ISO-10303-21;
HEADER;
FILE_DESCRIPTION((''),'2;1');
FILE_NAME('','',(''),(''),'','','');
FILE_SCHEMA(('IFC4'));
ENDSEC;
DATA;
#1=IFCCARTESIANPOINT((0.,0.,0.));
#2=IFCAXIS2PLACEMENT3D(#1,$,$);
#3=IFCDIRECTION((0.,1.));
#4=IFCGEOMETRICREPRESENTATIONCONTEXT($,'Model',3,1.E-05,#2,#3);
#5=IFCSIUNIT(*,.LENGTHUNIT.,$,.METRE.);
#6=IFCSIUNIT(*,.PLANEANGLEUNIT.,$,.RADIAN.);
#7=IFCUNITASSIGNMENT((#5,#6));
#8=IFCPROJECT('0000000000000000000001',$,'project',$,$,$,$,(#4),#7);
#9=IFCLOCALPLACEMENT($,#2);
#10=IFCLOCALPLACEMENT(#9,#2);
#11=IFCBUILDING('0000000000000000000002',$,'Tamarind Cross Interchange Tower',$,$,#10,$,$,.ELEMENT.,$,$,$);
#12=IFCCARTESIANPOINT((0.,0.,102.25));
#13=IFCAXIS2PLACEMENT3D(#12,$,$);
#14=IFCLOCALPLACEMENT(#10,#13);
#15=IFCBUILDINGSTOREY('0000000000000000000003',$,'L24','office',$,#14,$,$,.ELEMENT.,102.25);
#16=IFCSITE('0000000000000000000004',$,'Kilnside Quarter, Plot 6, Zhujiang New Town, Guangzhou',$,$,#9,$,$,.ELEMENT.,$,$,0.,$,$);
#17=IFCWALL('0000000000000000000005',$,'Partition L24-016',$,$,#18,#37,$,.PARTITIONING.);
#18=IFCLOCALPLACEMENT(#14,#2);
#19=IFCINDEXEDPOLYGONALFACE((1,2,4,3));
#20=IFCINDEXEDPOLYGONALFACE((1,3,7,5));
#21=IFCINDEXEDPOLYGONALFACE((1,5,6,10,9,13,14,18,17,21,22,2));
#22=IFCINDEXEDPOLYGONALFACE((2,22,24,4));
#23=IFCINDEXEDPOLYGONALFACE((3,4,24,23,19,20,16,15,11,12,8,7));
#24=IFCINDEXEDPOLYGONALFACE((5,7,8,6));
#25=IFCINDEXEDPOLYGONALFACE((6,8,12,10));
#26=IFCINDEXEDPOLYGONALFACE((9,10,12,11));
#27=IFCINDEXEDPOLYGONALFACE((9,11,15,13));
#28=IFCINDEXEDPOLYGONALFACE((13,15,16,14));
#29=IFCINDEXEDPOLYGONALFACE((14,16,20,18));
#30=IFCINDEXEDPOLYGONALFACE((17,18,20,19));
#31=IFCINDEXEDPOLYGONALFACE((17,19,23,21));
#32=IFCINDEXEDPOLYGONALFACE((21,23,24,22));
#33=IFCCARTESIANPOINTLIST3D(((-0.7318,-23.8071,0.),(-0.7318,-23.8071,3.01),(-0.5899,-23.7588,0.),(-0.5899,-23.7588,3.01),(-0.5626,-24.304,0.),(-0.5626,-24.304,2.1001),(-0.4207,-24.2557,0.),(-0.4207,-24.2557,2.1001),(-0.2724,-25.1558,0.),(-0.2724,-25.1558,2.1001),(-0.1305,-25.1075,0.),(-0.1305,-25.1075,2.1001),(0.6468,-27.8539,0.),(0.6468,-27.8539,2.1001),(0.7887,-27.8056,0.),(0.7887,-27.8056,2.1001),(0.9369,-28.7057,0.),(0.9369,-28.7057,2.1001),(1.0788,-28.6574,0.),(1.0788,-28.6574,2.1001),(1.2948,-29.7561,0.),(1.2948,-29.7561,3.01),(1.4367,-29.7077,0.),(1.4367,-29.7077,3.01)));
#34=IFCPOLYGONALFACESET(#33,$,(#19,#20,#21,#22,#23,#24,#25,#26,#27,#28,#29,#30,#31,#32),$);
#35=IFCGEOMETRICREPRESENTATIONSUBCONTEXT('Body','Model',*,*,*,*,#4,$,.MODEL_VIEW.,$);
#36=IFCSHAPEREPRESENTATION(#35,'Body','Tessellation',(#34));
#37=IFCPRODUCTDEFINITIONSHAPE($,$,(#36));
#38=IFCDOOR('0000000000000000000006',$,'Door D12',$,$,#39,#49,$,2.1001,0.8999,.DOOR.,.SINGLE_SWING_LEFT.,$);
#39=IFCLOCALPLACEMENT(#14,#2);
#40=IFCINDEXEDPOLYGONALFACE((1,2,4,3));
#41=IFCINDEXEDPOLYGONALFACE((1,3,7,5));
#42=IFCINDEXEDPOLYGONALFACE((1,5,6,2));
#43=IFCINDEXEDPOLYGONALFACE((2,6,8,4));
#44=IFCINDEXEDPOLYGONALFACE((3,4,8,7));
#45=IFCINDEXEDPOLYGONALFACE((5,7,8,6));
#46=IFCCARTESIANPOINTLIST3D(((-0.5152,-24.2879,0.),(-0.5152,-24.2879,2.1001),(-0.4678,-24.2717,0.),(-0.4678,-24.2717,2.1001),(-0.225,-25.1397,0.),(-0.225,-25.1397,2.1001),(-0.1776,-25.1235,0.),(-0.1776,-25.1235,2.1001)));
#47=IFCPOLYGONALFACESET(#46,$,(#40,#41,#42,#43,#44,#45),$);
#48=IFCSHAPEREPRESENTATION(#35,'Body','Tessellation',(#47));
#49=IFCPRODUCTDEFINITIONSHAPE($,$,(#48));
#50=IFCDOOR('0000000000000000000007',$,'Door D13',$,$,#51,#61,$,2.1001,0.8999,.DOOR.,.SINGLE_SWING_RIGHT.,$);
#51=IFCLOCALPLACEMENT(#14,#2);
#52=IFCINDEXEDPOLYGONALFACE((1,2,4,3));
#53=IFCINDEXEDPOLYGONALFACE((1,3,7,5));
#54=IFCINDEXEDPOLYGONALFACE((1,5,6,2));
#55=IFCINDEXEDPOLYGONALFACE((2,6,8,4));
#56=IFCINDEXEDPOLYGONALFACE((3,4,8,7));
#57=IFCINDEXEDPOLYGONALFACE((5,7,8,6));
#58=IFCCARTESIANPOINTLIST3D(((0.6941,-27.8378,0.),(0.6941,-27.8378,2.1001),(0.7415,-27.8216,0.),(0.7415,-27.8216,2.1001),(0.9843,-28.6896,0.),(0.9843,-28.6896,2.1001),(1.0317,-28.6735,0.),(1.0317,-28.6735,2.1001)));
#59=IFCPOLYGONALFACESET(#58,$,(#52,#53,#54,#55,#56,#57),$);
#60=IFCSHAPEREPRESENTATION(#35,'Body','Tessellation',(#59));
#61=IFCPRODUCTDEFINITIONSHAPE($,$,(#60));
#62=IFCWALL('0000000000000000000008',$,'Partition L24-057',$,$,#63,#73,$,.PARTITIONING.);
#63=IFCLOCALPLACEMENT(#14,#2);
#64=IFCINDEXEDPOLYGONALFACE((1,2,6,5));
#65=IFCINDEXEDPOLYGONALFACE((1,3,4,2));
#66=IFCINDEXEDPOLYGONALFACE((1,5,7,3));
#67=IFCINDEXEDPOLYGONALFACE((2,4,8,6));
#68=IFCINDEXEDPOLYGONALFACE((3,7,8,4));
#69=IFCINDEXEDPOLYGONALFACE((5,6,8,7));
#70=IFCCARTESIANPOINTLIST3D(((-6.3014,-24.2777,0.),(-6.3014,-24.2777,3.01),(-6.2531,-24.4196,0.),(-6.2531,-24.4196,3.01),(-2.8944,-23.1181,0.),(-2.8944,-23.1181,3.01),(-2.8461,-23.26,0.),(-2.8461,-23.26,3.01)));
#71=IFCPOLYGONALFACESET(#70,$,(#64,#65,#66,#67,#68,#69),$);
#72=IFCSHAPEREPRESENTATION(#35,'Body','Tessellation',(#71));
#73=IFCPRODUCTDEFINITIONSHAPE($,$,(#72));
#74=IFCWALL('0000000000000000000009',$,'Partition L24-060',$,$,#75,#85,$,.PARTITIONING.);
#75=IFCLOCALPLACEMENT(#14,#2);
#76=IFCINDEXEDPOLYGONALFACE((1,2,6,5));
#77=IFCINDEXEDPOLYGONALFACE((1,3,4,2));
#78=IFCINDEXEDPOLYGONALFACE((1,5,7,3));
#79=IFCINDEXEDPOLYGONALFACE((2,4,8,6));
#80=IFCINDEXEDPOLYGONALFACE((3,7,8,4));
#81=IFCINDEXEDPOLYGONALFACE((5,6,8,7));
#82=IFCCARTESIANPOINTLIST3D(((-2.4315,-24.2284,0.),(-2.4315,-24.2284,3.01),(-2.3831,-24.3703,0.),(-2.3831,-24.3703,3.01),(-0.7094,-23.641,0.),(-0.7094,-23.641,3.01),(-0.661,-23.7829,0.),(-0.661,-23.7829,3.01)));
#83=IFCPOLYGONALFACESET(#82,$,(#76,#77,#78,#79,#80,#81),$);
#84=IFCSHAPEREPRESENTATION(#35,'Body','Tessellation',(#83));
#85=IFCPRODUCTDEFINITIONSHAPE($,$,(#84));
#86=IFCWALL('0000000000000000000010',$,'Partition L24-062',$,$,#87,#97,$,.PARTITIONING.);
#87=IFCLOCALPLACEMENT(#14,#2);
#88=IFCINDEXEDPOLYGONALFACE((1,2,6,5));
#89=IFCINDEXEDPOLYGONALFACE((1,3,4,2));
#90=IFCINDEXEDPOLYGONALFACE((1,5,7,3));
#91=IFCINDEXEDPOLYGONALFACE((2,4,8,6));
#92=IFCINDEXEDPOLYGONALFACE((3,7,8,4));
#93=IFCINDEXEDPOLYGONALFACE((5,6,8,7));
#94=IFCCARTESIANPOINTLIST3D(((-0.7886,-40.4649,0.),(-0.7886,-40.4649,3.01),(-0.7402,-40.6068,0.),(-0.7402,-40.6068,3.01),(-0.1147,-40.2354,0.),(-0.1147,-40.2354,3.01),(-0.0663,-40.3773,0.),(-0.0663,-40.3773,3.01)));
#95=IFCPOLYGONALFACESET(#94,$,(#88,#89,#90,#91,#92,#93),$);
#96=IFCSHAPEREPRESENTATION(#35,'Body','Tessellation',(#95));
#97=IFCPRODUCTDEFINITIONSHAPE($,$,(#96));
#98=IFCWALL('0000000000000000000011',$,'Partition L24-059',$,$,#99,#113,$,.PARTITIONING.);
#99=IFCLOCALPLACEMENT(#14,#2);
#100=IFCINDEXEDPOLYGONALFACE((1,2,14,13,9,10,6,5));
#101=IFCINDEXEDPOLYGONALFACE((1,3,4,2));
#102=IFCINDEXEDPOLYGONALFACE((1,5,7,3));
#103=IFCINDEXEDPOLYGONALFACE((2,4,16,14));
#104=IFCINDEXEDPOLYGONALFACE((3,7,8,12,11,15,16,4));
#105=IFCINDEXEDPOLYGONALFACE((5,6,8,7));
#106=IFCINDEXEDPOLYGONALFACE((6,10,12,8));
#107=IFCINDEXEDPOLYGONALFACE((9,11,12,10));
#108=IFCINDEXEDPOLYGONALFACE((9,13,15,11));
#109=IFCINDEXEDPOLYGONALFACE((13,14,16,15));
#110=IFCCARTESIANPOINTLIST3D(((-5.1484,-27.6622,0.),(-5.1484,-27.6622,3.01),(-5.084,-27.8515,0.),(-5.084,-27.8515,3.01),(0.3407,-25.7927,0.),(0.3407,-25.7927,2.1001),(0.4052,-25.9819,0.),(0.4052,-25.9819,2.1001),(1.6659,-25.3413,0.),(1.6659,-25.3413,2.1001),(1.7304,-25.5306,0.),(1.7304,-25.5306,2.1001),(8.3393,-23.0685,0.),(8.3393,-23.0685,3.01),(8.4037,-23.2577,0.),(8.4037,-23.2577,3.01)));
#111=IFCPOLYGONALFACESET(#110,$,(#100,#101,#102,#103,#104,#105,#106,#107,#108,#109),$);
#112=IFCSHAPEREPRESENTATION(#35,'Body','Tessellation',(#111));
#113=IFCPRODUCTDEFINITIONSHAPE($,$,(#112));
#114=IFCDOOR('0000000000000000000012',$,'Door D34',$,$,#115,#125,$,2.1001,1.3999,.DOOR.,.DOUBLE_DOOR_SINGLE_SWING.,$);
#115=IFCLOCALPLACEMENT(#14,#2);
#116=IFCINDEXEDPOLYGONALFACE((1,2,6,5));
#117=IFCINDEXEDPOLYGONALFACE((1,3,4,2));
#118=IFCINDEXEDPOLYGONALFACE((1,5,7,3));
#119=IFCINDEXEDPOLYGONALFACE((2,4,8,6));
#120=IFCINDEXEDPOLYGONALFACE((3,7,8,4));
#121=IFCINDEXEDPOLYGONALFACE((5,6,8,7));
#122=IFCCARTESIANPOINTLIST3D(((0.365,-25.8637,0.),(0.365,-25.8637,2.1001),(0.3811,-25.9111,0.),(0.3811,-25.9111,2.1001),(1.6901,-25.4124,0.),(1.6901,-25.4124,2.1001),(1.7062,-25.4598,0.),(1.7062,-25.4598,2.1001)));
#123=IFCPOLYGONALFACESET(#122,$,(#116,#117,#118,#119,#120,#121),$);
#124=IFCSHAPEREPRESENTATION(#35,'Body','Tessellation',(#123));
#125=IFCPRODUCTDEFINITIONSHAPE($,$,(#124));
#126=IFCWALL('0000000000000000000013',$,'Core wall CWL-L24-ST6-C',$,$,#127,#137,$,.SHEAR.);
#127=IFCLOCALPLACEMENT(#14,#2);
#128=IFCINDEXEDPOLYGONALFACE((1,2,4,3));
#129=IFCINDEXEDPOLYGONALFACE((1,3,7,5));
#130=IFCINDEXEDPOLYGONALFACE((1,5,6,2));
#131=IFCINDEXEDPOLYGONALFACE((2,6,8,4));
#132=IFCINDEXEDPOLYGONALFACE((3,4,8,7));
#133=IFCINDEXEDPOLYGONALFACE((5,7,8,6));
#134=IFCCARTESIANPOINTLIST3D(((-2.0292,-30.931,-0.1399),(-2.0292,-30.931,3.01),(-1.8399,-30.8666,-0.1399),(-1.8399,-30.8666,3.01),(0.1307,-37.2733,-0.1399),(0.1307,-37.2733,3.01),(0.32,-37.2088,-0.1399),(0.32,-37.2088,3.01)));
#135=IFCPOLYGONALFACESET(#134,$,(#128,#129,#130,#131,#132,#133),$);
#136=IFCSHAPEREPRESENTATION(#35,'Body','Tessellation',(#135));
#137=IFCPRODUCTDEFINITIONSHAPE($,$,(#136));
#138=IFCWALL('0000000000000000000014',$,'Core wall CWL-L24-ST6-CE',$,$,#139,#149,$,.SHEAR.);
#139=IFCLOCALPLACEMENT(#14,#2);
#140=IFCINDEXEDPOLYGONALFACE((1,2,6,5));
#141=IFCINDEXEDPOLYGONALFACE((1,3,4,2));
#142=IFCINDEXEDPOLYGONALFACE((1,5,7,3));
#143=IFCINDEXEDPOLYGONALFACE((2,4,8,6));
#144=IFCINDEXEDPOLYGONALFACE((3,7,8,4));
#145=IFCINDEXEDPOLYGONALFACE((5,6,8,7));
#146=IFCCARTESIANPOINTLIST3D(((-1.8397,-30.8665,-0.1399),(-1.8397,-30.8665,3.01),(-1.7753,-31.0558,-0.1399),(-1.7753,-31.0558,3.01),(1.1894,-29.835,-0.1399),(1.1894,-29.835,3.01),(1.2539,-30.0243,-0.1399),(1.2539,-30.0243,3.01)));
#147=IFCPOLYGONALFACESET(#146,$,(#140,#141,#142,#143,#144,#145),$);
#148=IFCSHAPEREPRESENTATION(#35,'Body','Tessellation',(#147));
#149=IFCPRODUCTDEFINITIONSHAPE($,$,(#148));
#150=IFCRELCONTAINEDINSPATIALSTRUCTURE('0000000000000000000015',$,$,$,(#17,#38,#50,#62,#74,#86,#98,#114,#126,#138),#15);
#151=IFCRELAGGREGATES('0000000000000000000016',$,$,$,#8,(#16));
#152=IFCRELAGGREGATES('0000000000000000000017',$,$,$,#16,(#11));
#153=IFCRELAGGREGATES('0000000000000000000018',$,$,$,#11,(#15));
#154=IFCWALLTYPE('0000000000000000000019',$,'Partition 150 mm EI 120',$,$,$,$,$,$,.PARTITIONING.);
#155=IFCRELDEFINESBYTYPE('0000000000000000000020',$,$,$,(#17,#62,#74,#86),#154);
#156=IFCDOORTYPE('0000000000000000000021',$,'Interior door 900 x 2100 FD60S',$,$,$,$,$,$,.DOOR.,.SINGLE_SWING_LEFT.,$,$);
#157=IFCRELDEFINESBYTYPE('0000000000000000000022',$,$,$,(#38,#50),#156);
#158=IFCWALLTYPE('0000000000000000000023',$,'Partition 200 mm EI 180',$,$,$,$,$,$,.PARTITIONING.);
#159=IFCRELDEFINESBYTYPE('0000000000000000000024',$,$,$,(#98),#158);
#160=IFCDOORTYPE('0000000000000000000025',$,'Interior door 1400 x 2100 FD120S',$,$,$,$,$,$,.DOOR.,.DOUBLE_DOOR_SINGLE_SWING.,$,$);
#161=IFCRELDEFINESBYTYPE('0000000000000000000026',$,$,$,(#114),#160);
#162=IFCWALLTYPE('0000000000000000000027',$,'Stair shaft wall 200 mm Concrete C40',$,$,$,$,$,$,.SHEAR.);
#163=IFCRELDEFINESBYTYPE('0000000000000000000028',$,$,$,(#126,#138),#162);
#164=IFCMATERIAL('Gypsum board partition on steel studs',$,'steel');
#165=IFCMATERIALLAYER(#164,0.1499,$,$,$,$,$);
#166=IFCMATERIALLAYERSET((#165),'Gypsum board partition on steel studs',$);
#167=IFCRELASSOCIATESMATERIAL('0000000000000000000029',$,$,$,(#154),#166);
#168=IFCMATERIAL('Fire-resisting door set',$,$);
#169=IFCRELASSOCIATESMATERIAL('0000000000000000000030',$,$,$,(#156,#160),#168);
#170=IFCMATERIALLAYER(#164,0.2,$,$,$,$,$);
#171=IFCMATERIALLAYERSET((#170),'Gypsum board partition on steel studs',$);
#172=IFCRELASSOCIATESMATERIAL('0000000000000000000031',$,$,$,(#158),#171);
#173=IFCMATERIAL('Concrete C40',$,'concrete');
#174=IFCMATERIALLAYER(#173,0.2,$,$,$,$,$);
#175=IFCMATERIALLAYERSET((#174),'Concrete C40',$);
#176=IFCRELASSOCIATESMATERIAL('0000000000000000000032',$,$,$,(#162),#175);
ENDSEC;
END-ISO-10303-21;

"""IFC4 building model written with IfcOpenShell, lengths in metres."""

from ifc_helpers import new_model, si_unit, direction, frame, frame_2d, origin, place, context, subcontext, project, spatial, rectangle, extrude, material, layer, layer_set, type_object, element, fill, save


model = new_model("IFC4")

# Units and contexts
model_context = context("Model", 3, precision=1e-05, world=origin(), true_north=direction((0.0, 1.0)))
body_context = subcontext(model_context, "Body", "Model", "MODEL_VIEW")
ifc_project = project(units=[si_unit("LENGTHUNIT", "METRE"), si_unit("PLANEANGLEUNIT", "RADIAN")], contexts=[model_context])

# Site, building, storey
site_placement = place(None, origin())
site = spatial("IfcSite", under=ifc_project, at=site_placement, Name="Kilnside Quarter, Plot 6, Zhujiang New Town, Guangzhou", CompositionType="ELEMENT", RefElevation=0.0)
building_placement = place(site_placement, origin())
building = spatial("IfcBuilding", under=site, at=building_placement, Name="Tamarind Cross Interchange Tower", CompositionType="ELEMENT")
storey_placement = place(building_placement, frame((0.0, 0.0, 102.25)))
storey = spatial("IfcBuildingStorey", under=building, at=storey_placement, Name="L24", Description="office", CompositionType="ELEMENT", Elevation=102.25)

# Shared definitions
ifc_material_1 = material(Name="Gypsum board partition on steel studs", Category="steel")

# Shared definitions
ifc_layer_1 = layer(ifc_material_1, 0.1499)
ifc_layer_set_1 = layer_set([ifc_layer_1], Name="Gypsum board partition on steel studs")
wall_type_1 = type_object("IfcWallType", Name="Partition 150 mm EI 120", PredefinedType="PARTITIONING", material=ifc_layer_set_1)
ifc_material_2 = material(Name="Fire-resisting door set")
door_type_1 = type_object("IfcDoorType", Name="Interior door 900 x 2100 FD60S", OperationType="SINGLE_SWING_LEFT", PredefinedType="DOOR", material=ifc_material_2)

# Wall, openings, doors
wall_1_placement = place(storey_placement, frame((-0.6609, -23.783, 0.0), z_axis=(0.0, 0.0, 1.0), x_axis=(0.322467, -0.946581, 0.0)))
wall_1 = element("IfcWall", 1, at=wall_1_placement, inside=storey, type_object=wall_type_1, Name="Partition L24-016", PredefinedType="PARTITIONING", context=body_context, shape_type="SweptSolid", body=[
    extrude(rectangle(XDim=6.2847, YDim=0.1499, at=frame_2d((3.1423, 0.0))), origin(), (0.0, 0.0, 1.0), 3.01),
])
opening_1_placement = place(wall_1_placement, frame((0.5249, 0.0, 0.0)))
opening_1 = element("IfcOpeningElement", 2, at=opening_1_placement, cuts=wall_1, PredefinedType="OPENING", context=body_context, shape_type="SweptSolid", body=[
    extrude(rectangle(XDim=0.8999, YDim=2.1001, at=frame_2d((0.45, 1.05))), frame((0.0, 0.085, 0.0), z_axis=(0.0, -1.0, 0.0), x_axis=(1.0, 0.0, 0.0)), (0.0, 0.0, 1.0), 0.1699),
])
opening_2_placement = place(wall_1_placement, frame((4.2751, 0.0, 0.0)))
opening_2 = element("IfcOpeningElement", 3, at=opening_2_placement, cuts=wall_1, PredefinedType="OPENING", context=body_context, shape_type="SweptSolid", body=[
    extrude(rectangle(XDim=0.8999, YDim=2.1001, at=frame_2d((0.45, 1.05))), frame((0.0, 0.085, 0.0), z_axis=(0.0, -1.0, 0.0), x_axis=(1.0, 0.0, 0.0)), (0.0, 0.0, 1.0), 0.1699),
])
door_1_placement = place(opening_1_placement, frame((0.8999, 0.0, 0.0), z_axis=(0.0, 0.0, 1.0), x_axis=(-1.0, 0.0, 0.0)))
door_1 = element("IfcDoor", 4, at=door_1_placement, inside=storey, type_object=door_type_1, Name="Door D12", OperationType="SINGLE_SWING_LEFT", OverallHeight=2.1001, OverallWidth=0.8999, PredefinedType="DOOR", context=body_context, shape_type="SweptSolid", body=[
    extrude(rectangle(XDim=0.8999, YDim=2.1001, at=frame_2d((0.45, 1.05))), frame((0.0, 0.0249, 0.0), z_axis=(0.0, -1.0, 0.0), x_axis=(1.0, 0.0, 0.0)), (0.0, 0.0, 1.0), 0.05),
])
fill(opening_1, door_1)
door_2_placement = place(opening_2_placement, frame((0.8999, 0.0, 0.0), z_axis=(0.0, 0.0, 1.0), x_axis=(-1.0, 0.0, 0.0)))
door_2 = element("IfcDoor", 5, at=door_2_placement, inside=storey, type_object=door_type_1, Name="Door D13", OperationType="SINGLE_SWING_RIGHT", OverallHeight=2.1001, OverallWidth=0.8999, PredefinedType="DOOR", context=body_context, shape_type="SweptSolid", body=[
    extrude(rectangle(XDim=0.8999, YDim=2.1001, at=frame_2d((0.45, 1.05))), frame((0.0, 0.0249, 0.0), z_axis=(0.0, -1.0, 0.0), x_axis=(1.0, 0.0, 0.0)), (0.0, 0.0, 1.0), 0.05),
])
fill(opening_2, door_2)

# Walls
wall_2_placement = place(storey_placement, frame((-6.2771, -24.3486, 0.0), z_axis=(0.0, 0.0, 1.0), x_axis=(0.946663, 0.322225, 0.0)))
element("IfcWall", 6, at=wall_2_placement, inside=storey, type_object=wall_type_1, Name="Partition L24-057", PredefinedType="PARTITIONING", context=body_context, shape_type="SweptSolid", body=[
    extrude(rectangle(XDim=3.5989, YDim=0.1499, at=frame_2d((1.7993, 0.0))), origin(), (0.0, 0.0, 1.0), 3.01),
])
wall_3_placement = place(storey_placement, frame((-2.4072, -24.2993, 0.0), z_axis=(0.0, 0.0, 1.0), x_axis=(0.94646, 0.322821, 0.0)))
element("IfcWall", 7, at=wall_3_placement, inside=storey, type_object=wall_type_1, Name="Partition L24-060", PredefinedType="PARTITIONING", context=body_context, shape_type="SweptSolid", body=[
    extrude(rectangle(XDim=1.8196, YDim=0.1499, at=frame_2d((0.9097, 0.0))), origin(), (0.0, 0.0, 1.0), 3.01),
])
wall_4_placement = place(storey_placement, frame((-0.7644, -40.5359, 0.0), z_axis=(0.0, 0.0, 1.0), x_axis=(0.946605, 0.322395, 0.0)))
element("IfcWall", 8, at=wall_4_placement, inside=storey, type_object=wall_type_1, Name="Partition L24-062", PredefinedType="PARTITIONING", context=body_context, shape_type="SweptSolid", body=[
    extrude(rectangle(XDim=0.7119, YDim=0.1499, at=frame_2d((0.356, 0.0))), origin(), (0.0, 0.0, 1.0), 3.01),
])

# Wall, opening, door
ifc_layer_2 = layer(ifc_material_1, 0.2)
ifc_layer_set_2 = layer_set([ifc_layer_2], Name="Gypsum board partition on steel studs")
wall_type_2 = type_object("IfcWallType", Name="Partition 200 mm EI 180", PredefinedType="PARTITIONING", material=ifc_layer_set_2)
wall_5_placement = place(storey_placement, frame((-5.1162, -27.7568, 0.0), z_axis=(0.0, 0.0, 1.0), x_axis=(0.946604, 0.3224, 0.0)))
wall_5 = element("IfcWall", 9, at=wall_5_placement, inside=storey, type_object=wall_type_2, Name="Partition L24-059", PredefinedType="PARTITIONING", context=body_context, shape_type="SweptSolid", body=[
    extrude(rectangle(XDim=14.2485, YDim=0.2, at=frame_2d((7.1243, 0.0))), origin(), (0.0, 0.0, 1.0), 3.01),
])
opening_3_placement = place(wall_5_placement, frame((5.7988, 0.0, 0.0)))
opening_3 = element("IfcOpeningElement", 10, at=opening_3_placement, cuts=wall_5, PredefinedType="OPENING", context=body_context, shape_type="SweptSolid", body=[
    extrude(rectangle(XDim=1.3999, YDim=2.1001, at=frame_2d((0.7, 1.05))), frame((0.0, 0.1099, 0.0), z_axis=(0.0, -1.0, 0.0), x_axis=(1.0, 0.0, 0.0)), (0.0, 0.0, 1.0), 0.22),
])
door_type_2 = type_object("IfcDoorType", Name="Interior door 1400 x 2100 FD120S", OperationType="DOUBLE_DOOR_SINGLE_SWING", PredefinedType="DOOR", material=ifc_material_2)
door_3_placement = place(opening_3_placement, origin())
door_3 = element("IfcDoor", 11, at=door_3_placement, inside=storey, type_object=door_type_2, Name="Door D34", OperationType="DOUBLE_DOOR_SINGLE_SWING", OverallHeight=2.1001, OverallWidth=1.3999, PredefinedType="DOOR", context=body_context, shape_type="SweptSolid", body=[
    extrude(rectangle(XDim=1.3999, YDim=2.1001, at=frame_2d((0.7, 1.05))), frame((0.0, 0.0249, 0.0), z_axis=(0.0, -1.0, 0.0), x_axis=(1.0, 0.0, 0.0)), (0.0, 0.0, 1.0), 0.05),
])
fill(opening_3, door_3)

# Walls
ifc_material_3 = material(Name="Concrete C40", Category="concrete")
ifc_layer_3 = layer(ifc_material_3, 0.2)
ifc_layer_set_3 = layer_set([ifc_layer_3], Name="Concrete C40")
wall_type_3 = type_object("IfcWallType", Name="Stair shaft wall 200 mm Concrete C40", PredefinedType="SHEAR", material=ifc_layer_set_3)
wall_6_placement = place(storey_placement, frame((-1.9346, -30.8987, -0.1399), z_axis=(0.0, 0.0, 1.0), x_axis=(0.322376, -0.946612, 0.0)))
element("IfcWall", 12, at=wall_6_placement, inside=storey, type_object=wall_type_3, Name="Core wall CWL-L24-ST6-C", PredefinedType="SHEAR", context=body_context, shape_type="SweptSolid", body=[
    extrude(rectangle(XDim=6.7, YDim=0.2, at=frame_2d((3.3501, 0.0))), origin(), (0.0, 0.0, 1.0), 3.1499),
])
wall_7_placement = place(storey_placement, frame((-1.8076, -30.9612, -0.1399), z_axis=(0.0, 0.0, 1.0), x_axis=(0.946619, 0.322355, 0.0)))
element("IfcWall", 13, at=wall_7_placement, inside=storey, type_object=wall_type_3, Name="Core wall CWL-L24-ST6-CE", PredefinedType="SHEAR", context=body_context, shape_type="SweptSolid", body=[
    extrude(rectangle(XDim=3.2, YDim=0.2, at=frame_2d((1.6001, 0.0))), origin(), (0.0, 0.0, 1.0), 3.1499),
])

save(model, "model.ifc")
